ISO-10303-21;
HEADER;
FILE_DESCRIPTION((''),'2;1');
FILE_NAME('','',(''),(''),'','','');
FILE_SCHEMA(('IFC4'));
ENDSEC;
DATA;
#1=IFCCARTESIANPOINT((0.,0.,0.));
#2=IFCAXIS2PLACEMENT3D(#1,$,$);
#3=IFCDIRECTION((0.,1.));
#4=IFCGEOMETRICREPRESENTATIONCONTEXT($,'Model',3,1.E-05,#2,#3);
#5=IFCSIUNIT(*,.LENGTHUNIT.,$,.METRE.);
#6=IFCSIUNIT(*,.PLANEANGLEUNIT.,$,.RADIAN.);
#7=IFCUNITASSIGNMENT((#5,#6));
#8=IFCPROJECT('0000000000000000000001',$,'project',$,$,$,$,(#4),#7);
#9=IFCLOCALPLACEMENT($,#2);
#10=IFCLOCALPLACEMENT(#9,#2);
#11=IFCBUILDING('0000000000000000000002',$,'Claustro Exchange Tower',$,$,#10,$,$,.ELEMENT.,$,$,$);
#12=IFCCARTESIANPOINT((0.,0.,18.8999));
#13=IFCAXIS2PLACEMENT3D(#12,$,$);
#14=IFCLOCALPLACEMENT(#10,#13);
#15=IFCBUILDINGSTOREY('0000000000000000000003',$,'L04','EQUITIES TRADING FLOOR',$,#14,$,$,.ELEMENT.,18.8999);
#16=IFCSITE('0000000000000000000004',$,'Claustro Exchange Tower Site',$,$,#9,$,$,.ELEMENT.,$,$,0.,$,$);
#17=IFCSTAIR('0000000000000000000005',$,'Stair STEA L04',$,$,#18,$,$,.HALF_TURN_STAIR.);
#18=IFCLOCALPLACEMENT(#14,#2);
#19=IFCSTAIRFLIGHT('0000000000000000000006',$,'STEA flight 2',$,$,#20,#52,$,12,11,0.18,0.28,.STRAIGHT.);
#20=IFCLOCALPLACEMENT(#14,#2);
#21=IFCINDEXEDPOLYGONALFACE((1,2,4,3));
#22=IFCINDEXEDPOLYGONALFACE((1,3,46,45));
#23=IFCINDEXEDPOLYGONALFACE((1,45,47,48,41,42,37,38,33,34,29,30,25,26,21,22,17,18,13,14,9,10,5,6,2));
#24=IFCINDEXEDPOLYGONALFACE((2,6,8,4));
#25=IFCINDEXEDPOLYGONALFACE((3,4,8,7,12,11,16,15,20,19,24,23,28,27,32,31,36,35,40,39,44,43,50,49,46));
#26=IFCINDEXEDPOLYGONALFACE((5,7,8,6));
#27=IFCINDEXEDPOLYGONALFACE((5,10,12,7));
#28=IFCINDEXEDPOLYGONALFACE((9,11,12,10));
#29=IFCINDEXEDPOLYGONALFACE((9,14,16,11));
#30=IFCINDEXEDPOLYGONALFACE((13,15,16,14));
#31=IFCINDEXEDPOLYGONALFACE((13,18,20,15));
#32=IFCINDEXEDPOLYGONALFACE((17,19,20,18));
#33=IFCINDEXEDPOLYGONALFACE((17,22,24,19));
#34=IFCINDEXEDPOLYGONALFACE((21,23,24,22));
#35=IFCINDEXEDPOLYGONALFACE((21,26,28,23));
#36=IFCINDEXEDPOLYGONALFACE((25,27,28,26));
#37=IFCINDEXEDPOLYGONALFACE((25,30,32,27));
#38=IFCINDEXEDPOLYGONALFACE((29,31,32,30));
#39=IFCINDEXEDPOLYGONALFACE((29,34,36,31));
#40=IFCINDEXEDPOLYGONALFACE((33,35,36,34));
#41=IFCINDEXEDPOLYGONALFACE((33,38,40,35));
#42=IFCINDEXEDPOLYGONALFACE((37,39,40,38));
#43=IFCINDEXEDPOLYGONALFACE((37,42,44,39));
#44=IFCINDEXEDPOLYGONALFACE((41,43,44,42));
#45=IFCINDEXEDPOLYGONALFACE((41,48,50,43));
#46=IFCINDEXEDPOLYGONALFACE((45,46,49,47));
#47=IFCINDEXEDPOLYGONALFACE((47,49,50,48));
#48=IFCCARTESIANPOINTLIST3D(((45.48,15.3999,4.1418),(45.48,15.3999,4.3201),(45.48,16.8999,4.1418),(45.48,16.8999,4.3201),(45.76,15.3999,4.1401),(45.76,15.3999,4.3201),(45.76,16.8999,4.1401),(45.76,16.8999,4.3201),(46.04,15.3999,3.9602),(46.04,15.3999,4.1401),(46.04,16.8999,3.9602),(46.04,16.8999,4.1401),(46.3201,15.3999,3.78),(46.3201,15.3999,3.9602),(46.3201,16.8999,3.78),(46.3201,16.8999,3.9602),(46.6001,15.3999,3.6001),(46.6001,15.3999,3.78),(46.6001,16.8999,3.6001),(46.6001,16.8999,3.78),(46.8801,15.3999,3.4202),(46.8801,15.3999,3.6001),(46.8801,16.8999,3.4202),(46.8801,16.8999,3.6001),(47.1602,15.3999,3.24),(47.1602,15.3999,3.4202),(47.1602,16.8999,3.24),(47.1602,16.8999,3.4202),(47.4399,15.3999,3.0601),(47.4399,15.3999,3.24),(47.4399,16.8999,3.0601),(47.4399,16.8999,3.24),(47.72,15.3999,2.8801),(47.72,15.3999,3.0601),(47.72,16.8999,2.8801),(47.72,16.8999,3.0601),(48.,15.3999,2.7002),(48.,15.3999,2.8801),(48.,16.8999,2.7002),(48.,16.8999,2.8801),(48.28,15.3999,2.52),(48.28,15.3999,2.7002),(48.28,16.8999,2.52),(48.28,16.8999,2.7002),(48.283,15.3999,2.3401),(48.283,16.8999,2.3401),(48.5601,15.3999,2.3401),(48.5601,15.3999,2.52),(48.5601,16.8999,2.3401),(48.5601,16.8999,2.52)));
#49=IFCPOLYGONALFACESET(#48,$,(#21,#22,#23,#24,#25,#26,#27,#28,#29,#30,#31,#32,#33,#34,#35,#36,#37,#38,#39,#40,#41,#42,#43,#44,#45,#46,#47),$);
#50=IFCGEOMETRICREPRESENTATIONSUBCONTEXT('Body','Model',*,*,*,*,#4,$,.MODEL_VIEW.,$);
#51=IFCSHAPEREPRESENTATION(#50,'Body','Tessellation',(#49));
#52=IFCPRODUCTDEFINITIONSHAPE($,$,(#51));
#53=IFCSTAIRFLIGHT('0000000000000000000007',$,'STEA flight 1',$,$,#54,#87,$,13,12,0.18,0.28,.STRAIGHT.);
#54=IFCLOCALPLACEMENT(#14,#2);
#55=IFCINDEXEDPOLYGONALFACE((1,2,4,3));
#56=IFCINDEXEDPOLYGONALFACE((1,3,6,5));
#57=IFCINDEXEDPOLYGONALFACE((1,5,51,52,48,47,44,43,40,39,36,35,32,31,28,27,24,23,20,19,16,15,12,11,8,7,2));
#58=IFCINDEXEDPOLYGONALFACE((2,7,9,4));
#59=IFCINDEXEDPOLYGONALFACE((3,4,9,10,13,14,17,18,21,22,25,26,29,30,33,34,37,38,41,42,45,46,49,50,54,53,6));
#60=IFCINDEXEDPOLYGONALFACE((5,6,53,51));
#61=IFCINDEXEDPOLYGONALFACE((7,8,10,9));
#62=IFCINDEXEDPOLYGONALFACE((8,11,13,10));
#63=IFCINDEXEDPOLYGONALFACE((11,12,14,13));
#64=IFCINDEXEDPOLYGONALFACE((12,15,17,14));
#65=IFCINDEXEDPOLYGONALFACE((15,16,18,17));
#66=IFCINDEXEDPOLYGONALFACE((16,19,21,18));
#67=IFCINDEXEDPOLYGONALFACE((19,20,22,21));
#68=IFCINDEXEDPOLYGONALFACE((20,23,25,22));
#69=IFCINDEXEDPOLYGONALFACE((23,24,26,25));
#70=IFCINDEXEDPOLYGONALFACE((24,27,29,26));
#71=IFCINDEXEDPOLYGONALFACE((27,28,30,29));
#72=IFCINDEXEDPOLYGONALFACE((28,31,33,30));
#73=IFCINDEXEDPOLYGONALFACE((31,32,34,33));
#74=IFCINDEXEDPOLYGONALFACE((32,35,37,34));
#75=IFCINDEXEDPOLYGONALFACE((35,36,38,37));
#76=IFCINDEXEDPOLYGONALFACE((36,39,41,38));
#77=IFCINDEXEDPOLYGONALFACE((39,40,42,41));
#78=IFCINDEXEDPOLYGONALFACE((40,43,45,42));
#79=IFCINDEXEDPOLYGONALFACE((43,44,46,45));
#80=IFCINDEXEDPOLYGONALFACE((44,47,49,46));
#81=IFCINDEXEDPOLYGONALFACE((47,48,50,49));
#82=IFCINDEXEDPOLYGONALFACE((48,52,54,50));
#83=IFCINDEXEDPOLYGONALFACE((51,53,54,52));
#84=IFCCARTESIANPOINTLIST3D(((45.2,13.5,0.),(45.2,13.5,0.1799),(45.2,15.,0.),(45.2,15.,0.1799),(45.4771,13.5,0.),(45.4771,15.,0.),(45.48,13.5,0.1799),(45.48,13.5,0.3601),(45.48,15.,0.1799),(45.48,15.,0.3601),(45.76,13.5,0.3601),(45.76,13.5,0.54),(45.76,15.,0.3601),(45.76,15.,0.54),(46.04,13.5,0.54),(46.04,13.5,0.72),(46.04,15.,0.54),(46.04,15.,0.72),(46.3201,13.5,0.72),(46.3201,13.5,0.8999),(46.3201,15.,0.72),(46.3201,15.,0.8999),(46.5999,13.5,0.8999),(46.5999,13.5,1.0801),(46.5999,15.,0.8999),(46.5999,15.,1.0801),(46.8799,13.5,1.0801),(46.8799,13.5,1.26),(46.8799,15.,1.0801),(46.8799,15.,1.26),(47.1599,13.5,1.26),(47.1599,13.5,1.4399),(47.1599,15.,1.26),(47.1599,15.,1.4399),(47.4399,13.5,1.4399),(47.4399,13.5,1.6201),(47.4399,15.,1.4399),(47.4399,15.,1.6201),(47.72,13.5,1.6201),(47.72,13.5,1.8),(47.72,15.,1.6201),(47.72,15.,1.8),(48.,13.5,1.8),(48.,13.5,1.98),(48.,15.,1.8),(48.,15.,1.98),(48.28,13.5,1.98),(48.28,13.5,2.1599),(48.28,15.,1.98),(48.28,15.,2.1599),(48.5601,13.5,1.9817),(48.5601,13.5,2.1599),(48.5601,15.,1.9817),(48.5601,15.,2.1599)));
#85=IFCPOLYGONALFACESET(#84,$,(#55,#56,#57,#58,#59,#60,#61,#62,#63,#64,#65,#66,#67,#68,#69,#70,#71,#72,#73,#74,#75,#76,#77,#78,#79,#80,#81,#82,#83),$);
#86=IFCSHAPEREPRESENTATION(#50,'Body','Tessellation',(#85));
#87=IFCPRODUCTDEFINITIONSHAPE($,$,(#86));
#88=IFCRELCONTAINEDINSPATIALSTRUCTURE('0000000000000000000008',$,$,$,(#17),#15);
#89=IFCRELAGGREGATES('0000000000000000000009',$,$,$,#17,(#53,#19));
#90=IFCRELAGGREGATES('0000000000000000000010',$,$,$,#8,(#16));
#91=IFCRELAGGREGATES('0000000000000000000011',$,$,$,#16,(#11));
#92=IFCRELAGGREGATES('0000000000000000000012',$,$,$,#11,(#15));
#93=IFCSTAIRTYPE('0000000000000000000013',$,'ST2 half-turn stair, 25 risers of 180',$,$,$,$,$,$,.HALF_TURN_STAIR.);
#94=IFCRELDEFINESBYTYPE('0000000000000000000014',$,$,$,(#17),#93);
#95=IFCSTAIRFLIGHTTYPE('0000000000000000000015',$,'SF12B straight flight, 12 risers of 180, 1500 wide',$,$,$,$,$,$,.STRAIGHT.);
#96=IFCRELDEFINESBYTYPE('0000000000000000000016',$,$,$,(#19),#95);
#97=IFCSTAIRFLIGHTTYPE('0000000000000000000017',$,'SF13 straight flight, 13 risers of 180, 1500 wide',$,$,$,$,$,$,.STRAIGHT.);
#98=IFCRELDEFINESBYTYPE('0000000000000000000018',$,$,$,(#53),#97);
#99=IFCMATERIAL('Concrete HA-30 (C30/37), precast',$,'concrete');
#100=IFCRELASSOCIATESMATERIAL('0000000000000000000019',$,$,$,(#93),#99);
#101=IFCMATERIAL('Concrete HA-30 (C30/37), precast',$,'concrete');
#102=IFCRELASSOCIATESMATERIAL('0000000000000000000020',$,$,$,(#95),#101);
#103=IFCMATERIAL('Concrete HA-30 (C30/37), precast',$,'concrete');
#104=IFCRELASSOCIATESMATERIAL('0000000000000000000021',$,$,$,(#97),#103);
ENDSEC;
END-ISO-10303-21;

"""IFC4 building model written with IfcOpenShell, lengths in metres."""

from ifc_helpers import new_model, si_unit, direction, frame, origin, place, context, subcontext, project, spatial, polyline, outline, extrude, material, type_object, element, aggregate, save


model = new_model("IFC4")

# Units and contexts
model_context = context("Model", 3, precision=1e-05, world=origin(), true_north=direction((0.0, 1.0)))
body_context = subcontext(model_context, "Body", "Model", "MODEL_VIEW")
ifc_project = project(units=[si_unit("LENGTHUNIT", "METRE"), si_unit("PLANEANGLEUNIT", "RADIAN")], contexts=[model_context])

# Site, building, storey
site_placement = place(None, origin())
site = spatial("IfcSite", under=ifc_project, at=site_placement, Name="Claustro Exchange Tower Site", CompositionType="ELEMENT", RefElevation=0.0)
building_placement = place(site_placement, origin())
building = spatial("IfcBuilding", under=site, at=building_placement, Name="Claustro Exchange Tower", CompositionType="ELEMENT")
storey_placement = place(building_placement, frame((0.0, 0.0, 18.8999)))
storey = spatial("IfcBuildingStorey", under=building, at=storey_placement, Name="L04", Description="EQUITIES TRADING FLOOR", CompositionType="ELEMENT", Elevation=18.8999)

# Stair, stair flights
ifc_material_1 = material(Name="Concrete HA-30 (C30/37), precast", Category="concrete")
stair_type = type_object("IfcStairType", Name="ST2 half-turn stair, 25 risers of 180", PredefinedType="HALF_TURN_STAIR", material=ifc_material_1)
stair_placement = place(storey_placement, origin())
stair = element("IfcStair", 1, at=stair_placement, inside=storey, type_object=stair_type, Name="Stair STEA L04", PredefinedType="HALF_TURN_STAIR")
ifc_material_2 = material(Name="Concrete HA-30 (C30/37), precast", Category="concrete")
stair_flight_type_1 = type_object("IfcStairFlightType", Name="SF12B straight flight, 12 risers of 180, 1500 wide", PredefinedType="STRAIGHT", material=ifc_material_2)
stair_flight_1_placement = place(storey_placement, frame((48.5601, 16.1499, 2.3401), z_axis=(0.0, 0.0, 1.0), x_axis=(-1.0, 0.0, 0.0)))
stair_flight_1 = element("IfcStairFlight", 2, at=stair_flight_1_placement, type_object=stair_flight_type_1, Name="STEA flight 2", NumberOfRisers=12, NumberOfTreads=11, PredefinedType="STRAIGHT", RiserHeight=0.18, TreadLength=0.28, context=body_context, shape_type="SweptSolid", body=[
    extrude(outline(polyline([(0.0, 0.0), (0.0, 0.1799), (0.28, 0.1799), (0.28, 0.3601), (0.5601, 0.3601), (0.5601, 0.54), (0.8401, 0.54), (0.8401, 0.72), (1.1201, 0.72), (1.1201, 0.8999), (1.3999, 0.8999), (1.3999, 1.0801), (1.6799, 1.0801), (1.6799, 1.26), (1.96, 1.26), (1.96, 1.4399), (2.24, 1.4399), (2.24, 1.6201), (2.52, 1.6201), (2.52, 1.8), (2.8, 1.8), (2.8, 1.98), (3.0801, 1.98), (3.0801, 2.1599), (3.0801, 1.8018), (0.2771, 0.0), (0.0, 0.0)])), frame((0.0, 0.75, 0.0), z_axis=(0.0, -1.0, 0.0), x_axis=(1.0, 0.0, 0.0)), (0.0, 0.0, 1.0), 1.5),
])
ifc_material_3 = material(Name="Concrete HA-30 (C30/37), precast", Category="concrete")
stair_flight_type_2 = type_object("IfcStairFlightType", Name="SF13 straight flight, 13 risers of 180, 1500 wide", PredefinedType="STRAIGHT", material=ifc_material_3)
stair_flight_2_placement = place(storey_placement, frame((45.2, 14.25, 0.0), z_axis=(0.0, 0.0, 1.0), x_axis=(1.0, 0.0, 0.0)))
stair_flight_2 = element("IfcStairFlight", 3, at=stair_flight_2_placement, type_object=stair_flight_type_2, Name="STEA flight 1", NumberOfRisers=13, NumberOfTreads=12, PredefinedType="STRAIGHT", RiserHeight=0.18, TreadLength=0.28, context=body_context, shape_type="SweptSolid", body=[
    extrude(outline(polyline([(0.0, 0.0), (0.0, 0.1799), (0.28, 0.1799), (0.28, 0.3601), (0.5601, 0.3601), (0.5601, 0.54), (0.8401, 0.54), (0.8401, 0.72), (1.1201, 0.72), (1.1201, 0.8999), (1.3999, 0.8999), (1.3999, 1.0801), (1.6799, 1.0801), (1.6799, 1.26), (1.96, 1.26), (1.96, 1.4399), (2.24, 1.4399), (2.24, 1.6201), (2.52, 1.6201), (2.52, 1.8), (2.8, 1.8), (2.8, 1.98), (3.0801, 1.98), (3.0801, 2.1599), (3.3601, 2.1599), (3.3601, 2.3401), (3.3601, 1.9817), (0.2771, 0.0), (0.0, 0.0)])), frame((0.0, 0.75, 0.0), z_axis=(0.0, -1.0, 0.0), x_axis=(1.0, 0.0, 0.0)), (0.0, 0.0, 1.0), 1.5),
])
aggregate(stair, [stair_flight_2, stair_flight_1])

save(model, "model.ifc")
